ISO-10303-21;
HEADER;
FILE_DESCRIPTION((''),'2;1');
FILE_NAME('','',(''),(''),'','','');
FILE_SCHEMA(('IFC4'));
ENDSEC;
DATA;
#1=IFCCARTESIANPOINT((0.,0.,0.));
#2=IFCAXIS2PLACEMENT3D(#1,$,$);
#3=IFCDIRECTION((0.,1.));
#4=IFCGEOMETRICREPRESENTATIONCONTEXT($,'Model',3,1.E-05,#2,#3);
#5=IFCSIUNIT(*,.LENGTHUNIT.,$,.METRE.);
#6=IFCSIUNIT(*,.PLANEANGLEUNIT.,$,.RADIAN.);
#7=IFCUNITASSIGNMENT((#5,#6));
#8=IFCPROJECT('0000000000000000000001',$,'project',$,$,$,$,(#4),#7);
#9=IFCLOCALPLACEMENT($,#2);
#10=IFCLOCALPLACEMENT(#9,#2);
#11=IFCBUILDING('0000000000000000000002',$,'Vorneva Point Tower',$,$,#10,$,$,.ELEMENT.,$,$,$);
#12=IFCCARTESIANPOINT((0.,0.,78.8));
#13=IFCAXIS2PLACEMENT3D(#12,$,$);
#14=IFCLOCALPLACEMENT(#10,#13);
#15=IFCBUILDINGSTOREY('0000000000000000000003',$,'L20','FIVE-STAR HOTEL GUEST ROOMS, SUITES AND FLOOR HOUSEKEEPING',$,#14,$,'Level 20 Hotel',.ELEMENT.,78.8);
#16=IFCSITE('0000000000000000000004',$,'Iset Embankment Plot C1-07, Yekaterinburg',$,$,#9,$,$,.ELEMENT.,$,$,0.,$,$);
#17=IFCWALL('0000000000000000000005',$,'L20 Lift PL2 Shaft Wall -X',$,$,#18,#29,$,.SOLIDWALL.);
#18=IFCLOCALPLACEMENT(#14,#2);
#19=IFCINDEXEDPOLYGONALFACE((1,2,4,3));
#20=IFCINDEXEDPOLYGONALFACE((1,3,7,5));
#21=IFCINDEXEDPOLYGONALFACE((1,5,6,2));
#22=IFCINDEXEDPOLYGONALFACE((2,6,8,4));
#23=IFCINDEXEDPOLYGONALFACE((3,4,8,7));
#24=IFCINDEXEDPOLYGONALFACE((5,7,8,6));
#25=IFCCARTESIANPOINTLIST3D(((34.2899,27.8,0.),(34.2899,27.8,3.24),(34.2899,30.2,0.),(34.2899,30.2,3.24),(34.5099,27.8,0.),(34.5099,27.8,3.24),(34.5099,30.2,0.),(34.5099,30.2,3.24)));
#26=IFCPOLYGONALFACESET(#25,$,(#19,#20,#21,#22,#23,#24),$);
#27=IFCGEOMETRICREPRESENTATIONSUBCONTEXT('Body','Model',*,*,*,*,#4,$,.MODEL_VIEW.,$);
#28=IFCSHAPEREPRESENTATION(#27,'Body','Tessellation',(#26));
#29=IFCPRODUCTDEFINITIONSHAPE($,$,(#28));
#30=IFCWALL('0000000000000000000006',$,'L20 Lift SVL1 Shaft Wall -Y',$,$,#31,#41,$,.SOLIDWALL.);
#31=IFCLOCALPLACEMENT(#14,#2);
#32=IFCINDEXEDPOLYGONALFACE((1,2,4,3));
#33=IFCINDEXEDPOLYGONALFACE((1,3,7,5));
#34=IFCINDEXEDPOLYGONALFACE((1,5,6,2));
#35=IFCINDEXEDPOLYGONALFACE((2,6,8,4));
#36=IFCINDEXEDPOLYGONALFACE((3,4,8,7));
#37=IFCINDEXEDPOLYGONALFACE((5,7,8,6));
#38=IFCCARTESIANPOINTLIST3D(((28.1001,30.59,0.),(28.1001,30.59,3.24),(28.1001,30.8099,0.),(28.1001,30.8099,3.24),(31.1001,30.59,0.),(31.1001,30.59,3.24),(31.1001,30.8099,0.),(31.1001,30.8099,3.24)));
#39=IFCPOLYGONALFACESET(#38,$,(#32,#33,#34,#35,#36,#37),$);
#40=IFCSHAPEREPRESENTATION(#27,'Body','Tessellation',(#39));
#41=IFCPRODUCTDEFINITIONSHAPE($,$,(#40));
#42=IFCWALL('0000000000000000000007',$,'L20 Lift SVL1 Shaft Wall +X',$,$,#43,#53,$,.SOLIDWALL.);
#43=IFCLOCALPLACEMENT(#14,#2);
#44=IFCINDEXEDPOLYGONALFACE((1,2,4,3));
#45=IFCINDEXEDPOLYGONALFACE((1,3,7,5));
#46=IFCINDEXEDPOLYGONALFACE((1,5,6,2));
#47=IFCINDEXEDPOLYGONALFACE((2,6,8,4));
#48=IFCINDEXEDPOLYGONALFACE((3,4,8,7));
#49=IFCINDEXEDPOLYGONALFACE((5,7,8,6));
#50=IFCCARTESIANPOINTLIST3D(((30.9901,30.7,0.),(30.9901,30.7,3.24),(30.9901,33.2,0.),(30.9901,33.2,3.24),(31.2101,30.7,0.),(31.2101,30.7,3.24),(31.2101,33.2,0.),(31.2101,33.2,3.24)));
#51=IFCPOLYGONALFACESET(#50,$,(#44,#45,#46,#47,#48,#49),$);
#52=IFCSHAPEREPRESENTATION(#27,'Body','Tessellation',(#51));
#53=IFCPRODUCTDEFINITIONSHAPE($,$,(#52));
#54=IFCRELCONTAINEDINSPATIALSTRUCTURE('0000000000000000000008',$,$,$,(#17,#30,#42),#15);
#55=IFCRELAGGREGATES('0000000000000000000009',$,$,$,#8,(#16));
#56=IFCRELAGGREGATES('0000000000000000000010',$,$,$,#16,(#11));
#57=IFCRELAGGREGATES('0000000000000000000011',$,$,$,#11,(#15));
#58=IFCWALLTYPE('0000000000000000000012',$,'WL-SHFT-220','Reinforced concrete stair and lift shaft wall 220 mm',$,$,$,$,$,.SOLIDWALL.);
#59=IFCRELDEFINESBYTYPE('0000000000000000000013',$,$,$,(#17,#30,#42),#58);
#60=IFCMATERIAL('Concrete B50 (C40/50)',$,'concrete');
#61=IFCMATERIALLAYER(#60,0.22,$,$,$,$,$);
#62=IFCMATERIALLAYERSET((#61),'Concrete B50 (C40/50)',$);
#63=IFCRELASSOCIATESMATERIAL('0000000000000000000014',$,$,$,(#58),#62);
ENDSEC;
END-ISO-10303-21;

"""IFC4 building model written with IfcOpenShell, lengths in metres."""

from ifc_helpers import new_model, si_unit, direction, frame, frame_2d, origin, place, context, subcontext, project, spatial, rectangle, extrude, material, layer, layer_set, type_object, element, save


model = new_model("IFC4")

# Units and contexts
model_context = context("Model", 3, precision=1e-05, world=origin(), true_north=direction((0.0, 1.0)))
body_context = subcontext(model_context, "Body", "Model", "MODEL_VIEW")
ifc_project = project(units=[si_unit("LENGTHUNIT", "METRE"), si_unit("PLANEANGLEUNIT", "RADIAN")], contexts=[model_context])

# Site, building, storey
site_placement = place(None, origin())
site = spatial("IfcSite", under=ifc_project, at=site_placement, Name="Iset Embankment Plot C1-07, Yekaterinburg", CompositionType="ELEMENT", RefElevation=0.0)
building_placement = place(site_placement, origin())
building = spatial("IfcBuilding", under=site, at=building_placement, Name="Vorneva Point Tower", CompositionType="ELEMENT")
storey_placement = place(building_placement, frame((0.0, 0.0, 78.8)))
storey = spatial("IfcBuildingStorey", under=building, at=storey_placement, Name="L20", Description="FIVE-STAR HOTEL GUEST ROOMS, SUITES AND FLOOR HOUSEKEEPING", LongName="Level 20 Hotel", CompositionType="ELEMENT", Elevation=78.8)

# Shared definitions
ifc_material_1 = material(Name="Concrete B50 (C40/50)", Category="concrete")
ifc_layer_1 = layer(ifc_material_1, 0.22)
ifc_layer_set_1 = layer_set([ifc_layer_1], Name="Concrete B50 (C40/50)")
wall_type_1 = type_object("IfcWallType", Name="WL-SHFT-220", Description="Reinforced concrete stair and lift shaft wall 220 mm", PredefinedType="SOLIDWALL", material=ifc_layer_set_1)

# Walls
wall_1_placement = place(storey_placement, frame((34.3999, 30.2, 0.0), z_axis=(0.0, 0.0, 1.0), x_axis=(0.0, -1.0, 0.0)))
element("IfcWall", 1, at=wall_1_placement, inside=storey, type_object=wall_type_1, Name="L20 Lift PL2 Shaft Wall -X", PredefinedType="SOLIDWALL", context=body_context, shape_type="SweptSolid", body=[
    extrude(rectangle(XDim=2.3999, YDim=0.22, at=frame_2d((1.2, 0.0))), origin(), (0.0, 0.0, 1.0), 3.24),
])
wall_2_placement = place(storey_placement, frame((28.1001, 30.7, 0.0), z_axis=(0.0, 0.0, 1.0), x_axis=(1.0, 0.0, 0.0)))
element("IfcWall", 2, at=wall_2_placement, inside=storey, type_object=wall_type_1, Name="L20 Lift SVL1 Shaft Wall -Y", PredefinedType="SOLIDWALL", context=body_context, shape_type="SweptSolid", body=[
    extrude(rectangle(XDim=3.0, YDim=0.22, at=frame_2d((1.5, 0.0))), origin(), (0.0, 0.0, 1.0), 3.24),
])
wall_3_placement = place(storey_placement, frame((31.1001, 30.7, 0.0), z_axis=(0.0, 0.0, 1.0), x_axis=(0.0, 1.0, 0.0)))
element("IfcWall", 3, at=wall_3_placement, inside=storey, type_object=wall_type_1, Name="L20 Lift SVL1 Shaft Wall +X", PredefinedType="SOLIDWALL", context=body_context, shape_type="SweptSolid", body=[
    extrude(rectangle(XDim=2.5, YDim=0.22, at=frame_2d((1.25, 0.0))), origin(), (0.0, 0.0, 1.0), 3.24),
])

save(model, "model.ifc")
